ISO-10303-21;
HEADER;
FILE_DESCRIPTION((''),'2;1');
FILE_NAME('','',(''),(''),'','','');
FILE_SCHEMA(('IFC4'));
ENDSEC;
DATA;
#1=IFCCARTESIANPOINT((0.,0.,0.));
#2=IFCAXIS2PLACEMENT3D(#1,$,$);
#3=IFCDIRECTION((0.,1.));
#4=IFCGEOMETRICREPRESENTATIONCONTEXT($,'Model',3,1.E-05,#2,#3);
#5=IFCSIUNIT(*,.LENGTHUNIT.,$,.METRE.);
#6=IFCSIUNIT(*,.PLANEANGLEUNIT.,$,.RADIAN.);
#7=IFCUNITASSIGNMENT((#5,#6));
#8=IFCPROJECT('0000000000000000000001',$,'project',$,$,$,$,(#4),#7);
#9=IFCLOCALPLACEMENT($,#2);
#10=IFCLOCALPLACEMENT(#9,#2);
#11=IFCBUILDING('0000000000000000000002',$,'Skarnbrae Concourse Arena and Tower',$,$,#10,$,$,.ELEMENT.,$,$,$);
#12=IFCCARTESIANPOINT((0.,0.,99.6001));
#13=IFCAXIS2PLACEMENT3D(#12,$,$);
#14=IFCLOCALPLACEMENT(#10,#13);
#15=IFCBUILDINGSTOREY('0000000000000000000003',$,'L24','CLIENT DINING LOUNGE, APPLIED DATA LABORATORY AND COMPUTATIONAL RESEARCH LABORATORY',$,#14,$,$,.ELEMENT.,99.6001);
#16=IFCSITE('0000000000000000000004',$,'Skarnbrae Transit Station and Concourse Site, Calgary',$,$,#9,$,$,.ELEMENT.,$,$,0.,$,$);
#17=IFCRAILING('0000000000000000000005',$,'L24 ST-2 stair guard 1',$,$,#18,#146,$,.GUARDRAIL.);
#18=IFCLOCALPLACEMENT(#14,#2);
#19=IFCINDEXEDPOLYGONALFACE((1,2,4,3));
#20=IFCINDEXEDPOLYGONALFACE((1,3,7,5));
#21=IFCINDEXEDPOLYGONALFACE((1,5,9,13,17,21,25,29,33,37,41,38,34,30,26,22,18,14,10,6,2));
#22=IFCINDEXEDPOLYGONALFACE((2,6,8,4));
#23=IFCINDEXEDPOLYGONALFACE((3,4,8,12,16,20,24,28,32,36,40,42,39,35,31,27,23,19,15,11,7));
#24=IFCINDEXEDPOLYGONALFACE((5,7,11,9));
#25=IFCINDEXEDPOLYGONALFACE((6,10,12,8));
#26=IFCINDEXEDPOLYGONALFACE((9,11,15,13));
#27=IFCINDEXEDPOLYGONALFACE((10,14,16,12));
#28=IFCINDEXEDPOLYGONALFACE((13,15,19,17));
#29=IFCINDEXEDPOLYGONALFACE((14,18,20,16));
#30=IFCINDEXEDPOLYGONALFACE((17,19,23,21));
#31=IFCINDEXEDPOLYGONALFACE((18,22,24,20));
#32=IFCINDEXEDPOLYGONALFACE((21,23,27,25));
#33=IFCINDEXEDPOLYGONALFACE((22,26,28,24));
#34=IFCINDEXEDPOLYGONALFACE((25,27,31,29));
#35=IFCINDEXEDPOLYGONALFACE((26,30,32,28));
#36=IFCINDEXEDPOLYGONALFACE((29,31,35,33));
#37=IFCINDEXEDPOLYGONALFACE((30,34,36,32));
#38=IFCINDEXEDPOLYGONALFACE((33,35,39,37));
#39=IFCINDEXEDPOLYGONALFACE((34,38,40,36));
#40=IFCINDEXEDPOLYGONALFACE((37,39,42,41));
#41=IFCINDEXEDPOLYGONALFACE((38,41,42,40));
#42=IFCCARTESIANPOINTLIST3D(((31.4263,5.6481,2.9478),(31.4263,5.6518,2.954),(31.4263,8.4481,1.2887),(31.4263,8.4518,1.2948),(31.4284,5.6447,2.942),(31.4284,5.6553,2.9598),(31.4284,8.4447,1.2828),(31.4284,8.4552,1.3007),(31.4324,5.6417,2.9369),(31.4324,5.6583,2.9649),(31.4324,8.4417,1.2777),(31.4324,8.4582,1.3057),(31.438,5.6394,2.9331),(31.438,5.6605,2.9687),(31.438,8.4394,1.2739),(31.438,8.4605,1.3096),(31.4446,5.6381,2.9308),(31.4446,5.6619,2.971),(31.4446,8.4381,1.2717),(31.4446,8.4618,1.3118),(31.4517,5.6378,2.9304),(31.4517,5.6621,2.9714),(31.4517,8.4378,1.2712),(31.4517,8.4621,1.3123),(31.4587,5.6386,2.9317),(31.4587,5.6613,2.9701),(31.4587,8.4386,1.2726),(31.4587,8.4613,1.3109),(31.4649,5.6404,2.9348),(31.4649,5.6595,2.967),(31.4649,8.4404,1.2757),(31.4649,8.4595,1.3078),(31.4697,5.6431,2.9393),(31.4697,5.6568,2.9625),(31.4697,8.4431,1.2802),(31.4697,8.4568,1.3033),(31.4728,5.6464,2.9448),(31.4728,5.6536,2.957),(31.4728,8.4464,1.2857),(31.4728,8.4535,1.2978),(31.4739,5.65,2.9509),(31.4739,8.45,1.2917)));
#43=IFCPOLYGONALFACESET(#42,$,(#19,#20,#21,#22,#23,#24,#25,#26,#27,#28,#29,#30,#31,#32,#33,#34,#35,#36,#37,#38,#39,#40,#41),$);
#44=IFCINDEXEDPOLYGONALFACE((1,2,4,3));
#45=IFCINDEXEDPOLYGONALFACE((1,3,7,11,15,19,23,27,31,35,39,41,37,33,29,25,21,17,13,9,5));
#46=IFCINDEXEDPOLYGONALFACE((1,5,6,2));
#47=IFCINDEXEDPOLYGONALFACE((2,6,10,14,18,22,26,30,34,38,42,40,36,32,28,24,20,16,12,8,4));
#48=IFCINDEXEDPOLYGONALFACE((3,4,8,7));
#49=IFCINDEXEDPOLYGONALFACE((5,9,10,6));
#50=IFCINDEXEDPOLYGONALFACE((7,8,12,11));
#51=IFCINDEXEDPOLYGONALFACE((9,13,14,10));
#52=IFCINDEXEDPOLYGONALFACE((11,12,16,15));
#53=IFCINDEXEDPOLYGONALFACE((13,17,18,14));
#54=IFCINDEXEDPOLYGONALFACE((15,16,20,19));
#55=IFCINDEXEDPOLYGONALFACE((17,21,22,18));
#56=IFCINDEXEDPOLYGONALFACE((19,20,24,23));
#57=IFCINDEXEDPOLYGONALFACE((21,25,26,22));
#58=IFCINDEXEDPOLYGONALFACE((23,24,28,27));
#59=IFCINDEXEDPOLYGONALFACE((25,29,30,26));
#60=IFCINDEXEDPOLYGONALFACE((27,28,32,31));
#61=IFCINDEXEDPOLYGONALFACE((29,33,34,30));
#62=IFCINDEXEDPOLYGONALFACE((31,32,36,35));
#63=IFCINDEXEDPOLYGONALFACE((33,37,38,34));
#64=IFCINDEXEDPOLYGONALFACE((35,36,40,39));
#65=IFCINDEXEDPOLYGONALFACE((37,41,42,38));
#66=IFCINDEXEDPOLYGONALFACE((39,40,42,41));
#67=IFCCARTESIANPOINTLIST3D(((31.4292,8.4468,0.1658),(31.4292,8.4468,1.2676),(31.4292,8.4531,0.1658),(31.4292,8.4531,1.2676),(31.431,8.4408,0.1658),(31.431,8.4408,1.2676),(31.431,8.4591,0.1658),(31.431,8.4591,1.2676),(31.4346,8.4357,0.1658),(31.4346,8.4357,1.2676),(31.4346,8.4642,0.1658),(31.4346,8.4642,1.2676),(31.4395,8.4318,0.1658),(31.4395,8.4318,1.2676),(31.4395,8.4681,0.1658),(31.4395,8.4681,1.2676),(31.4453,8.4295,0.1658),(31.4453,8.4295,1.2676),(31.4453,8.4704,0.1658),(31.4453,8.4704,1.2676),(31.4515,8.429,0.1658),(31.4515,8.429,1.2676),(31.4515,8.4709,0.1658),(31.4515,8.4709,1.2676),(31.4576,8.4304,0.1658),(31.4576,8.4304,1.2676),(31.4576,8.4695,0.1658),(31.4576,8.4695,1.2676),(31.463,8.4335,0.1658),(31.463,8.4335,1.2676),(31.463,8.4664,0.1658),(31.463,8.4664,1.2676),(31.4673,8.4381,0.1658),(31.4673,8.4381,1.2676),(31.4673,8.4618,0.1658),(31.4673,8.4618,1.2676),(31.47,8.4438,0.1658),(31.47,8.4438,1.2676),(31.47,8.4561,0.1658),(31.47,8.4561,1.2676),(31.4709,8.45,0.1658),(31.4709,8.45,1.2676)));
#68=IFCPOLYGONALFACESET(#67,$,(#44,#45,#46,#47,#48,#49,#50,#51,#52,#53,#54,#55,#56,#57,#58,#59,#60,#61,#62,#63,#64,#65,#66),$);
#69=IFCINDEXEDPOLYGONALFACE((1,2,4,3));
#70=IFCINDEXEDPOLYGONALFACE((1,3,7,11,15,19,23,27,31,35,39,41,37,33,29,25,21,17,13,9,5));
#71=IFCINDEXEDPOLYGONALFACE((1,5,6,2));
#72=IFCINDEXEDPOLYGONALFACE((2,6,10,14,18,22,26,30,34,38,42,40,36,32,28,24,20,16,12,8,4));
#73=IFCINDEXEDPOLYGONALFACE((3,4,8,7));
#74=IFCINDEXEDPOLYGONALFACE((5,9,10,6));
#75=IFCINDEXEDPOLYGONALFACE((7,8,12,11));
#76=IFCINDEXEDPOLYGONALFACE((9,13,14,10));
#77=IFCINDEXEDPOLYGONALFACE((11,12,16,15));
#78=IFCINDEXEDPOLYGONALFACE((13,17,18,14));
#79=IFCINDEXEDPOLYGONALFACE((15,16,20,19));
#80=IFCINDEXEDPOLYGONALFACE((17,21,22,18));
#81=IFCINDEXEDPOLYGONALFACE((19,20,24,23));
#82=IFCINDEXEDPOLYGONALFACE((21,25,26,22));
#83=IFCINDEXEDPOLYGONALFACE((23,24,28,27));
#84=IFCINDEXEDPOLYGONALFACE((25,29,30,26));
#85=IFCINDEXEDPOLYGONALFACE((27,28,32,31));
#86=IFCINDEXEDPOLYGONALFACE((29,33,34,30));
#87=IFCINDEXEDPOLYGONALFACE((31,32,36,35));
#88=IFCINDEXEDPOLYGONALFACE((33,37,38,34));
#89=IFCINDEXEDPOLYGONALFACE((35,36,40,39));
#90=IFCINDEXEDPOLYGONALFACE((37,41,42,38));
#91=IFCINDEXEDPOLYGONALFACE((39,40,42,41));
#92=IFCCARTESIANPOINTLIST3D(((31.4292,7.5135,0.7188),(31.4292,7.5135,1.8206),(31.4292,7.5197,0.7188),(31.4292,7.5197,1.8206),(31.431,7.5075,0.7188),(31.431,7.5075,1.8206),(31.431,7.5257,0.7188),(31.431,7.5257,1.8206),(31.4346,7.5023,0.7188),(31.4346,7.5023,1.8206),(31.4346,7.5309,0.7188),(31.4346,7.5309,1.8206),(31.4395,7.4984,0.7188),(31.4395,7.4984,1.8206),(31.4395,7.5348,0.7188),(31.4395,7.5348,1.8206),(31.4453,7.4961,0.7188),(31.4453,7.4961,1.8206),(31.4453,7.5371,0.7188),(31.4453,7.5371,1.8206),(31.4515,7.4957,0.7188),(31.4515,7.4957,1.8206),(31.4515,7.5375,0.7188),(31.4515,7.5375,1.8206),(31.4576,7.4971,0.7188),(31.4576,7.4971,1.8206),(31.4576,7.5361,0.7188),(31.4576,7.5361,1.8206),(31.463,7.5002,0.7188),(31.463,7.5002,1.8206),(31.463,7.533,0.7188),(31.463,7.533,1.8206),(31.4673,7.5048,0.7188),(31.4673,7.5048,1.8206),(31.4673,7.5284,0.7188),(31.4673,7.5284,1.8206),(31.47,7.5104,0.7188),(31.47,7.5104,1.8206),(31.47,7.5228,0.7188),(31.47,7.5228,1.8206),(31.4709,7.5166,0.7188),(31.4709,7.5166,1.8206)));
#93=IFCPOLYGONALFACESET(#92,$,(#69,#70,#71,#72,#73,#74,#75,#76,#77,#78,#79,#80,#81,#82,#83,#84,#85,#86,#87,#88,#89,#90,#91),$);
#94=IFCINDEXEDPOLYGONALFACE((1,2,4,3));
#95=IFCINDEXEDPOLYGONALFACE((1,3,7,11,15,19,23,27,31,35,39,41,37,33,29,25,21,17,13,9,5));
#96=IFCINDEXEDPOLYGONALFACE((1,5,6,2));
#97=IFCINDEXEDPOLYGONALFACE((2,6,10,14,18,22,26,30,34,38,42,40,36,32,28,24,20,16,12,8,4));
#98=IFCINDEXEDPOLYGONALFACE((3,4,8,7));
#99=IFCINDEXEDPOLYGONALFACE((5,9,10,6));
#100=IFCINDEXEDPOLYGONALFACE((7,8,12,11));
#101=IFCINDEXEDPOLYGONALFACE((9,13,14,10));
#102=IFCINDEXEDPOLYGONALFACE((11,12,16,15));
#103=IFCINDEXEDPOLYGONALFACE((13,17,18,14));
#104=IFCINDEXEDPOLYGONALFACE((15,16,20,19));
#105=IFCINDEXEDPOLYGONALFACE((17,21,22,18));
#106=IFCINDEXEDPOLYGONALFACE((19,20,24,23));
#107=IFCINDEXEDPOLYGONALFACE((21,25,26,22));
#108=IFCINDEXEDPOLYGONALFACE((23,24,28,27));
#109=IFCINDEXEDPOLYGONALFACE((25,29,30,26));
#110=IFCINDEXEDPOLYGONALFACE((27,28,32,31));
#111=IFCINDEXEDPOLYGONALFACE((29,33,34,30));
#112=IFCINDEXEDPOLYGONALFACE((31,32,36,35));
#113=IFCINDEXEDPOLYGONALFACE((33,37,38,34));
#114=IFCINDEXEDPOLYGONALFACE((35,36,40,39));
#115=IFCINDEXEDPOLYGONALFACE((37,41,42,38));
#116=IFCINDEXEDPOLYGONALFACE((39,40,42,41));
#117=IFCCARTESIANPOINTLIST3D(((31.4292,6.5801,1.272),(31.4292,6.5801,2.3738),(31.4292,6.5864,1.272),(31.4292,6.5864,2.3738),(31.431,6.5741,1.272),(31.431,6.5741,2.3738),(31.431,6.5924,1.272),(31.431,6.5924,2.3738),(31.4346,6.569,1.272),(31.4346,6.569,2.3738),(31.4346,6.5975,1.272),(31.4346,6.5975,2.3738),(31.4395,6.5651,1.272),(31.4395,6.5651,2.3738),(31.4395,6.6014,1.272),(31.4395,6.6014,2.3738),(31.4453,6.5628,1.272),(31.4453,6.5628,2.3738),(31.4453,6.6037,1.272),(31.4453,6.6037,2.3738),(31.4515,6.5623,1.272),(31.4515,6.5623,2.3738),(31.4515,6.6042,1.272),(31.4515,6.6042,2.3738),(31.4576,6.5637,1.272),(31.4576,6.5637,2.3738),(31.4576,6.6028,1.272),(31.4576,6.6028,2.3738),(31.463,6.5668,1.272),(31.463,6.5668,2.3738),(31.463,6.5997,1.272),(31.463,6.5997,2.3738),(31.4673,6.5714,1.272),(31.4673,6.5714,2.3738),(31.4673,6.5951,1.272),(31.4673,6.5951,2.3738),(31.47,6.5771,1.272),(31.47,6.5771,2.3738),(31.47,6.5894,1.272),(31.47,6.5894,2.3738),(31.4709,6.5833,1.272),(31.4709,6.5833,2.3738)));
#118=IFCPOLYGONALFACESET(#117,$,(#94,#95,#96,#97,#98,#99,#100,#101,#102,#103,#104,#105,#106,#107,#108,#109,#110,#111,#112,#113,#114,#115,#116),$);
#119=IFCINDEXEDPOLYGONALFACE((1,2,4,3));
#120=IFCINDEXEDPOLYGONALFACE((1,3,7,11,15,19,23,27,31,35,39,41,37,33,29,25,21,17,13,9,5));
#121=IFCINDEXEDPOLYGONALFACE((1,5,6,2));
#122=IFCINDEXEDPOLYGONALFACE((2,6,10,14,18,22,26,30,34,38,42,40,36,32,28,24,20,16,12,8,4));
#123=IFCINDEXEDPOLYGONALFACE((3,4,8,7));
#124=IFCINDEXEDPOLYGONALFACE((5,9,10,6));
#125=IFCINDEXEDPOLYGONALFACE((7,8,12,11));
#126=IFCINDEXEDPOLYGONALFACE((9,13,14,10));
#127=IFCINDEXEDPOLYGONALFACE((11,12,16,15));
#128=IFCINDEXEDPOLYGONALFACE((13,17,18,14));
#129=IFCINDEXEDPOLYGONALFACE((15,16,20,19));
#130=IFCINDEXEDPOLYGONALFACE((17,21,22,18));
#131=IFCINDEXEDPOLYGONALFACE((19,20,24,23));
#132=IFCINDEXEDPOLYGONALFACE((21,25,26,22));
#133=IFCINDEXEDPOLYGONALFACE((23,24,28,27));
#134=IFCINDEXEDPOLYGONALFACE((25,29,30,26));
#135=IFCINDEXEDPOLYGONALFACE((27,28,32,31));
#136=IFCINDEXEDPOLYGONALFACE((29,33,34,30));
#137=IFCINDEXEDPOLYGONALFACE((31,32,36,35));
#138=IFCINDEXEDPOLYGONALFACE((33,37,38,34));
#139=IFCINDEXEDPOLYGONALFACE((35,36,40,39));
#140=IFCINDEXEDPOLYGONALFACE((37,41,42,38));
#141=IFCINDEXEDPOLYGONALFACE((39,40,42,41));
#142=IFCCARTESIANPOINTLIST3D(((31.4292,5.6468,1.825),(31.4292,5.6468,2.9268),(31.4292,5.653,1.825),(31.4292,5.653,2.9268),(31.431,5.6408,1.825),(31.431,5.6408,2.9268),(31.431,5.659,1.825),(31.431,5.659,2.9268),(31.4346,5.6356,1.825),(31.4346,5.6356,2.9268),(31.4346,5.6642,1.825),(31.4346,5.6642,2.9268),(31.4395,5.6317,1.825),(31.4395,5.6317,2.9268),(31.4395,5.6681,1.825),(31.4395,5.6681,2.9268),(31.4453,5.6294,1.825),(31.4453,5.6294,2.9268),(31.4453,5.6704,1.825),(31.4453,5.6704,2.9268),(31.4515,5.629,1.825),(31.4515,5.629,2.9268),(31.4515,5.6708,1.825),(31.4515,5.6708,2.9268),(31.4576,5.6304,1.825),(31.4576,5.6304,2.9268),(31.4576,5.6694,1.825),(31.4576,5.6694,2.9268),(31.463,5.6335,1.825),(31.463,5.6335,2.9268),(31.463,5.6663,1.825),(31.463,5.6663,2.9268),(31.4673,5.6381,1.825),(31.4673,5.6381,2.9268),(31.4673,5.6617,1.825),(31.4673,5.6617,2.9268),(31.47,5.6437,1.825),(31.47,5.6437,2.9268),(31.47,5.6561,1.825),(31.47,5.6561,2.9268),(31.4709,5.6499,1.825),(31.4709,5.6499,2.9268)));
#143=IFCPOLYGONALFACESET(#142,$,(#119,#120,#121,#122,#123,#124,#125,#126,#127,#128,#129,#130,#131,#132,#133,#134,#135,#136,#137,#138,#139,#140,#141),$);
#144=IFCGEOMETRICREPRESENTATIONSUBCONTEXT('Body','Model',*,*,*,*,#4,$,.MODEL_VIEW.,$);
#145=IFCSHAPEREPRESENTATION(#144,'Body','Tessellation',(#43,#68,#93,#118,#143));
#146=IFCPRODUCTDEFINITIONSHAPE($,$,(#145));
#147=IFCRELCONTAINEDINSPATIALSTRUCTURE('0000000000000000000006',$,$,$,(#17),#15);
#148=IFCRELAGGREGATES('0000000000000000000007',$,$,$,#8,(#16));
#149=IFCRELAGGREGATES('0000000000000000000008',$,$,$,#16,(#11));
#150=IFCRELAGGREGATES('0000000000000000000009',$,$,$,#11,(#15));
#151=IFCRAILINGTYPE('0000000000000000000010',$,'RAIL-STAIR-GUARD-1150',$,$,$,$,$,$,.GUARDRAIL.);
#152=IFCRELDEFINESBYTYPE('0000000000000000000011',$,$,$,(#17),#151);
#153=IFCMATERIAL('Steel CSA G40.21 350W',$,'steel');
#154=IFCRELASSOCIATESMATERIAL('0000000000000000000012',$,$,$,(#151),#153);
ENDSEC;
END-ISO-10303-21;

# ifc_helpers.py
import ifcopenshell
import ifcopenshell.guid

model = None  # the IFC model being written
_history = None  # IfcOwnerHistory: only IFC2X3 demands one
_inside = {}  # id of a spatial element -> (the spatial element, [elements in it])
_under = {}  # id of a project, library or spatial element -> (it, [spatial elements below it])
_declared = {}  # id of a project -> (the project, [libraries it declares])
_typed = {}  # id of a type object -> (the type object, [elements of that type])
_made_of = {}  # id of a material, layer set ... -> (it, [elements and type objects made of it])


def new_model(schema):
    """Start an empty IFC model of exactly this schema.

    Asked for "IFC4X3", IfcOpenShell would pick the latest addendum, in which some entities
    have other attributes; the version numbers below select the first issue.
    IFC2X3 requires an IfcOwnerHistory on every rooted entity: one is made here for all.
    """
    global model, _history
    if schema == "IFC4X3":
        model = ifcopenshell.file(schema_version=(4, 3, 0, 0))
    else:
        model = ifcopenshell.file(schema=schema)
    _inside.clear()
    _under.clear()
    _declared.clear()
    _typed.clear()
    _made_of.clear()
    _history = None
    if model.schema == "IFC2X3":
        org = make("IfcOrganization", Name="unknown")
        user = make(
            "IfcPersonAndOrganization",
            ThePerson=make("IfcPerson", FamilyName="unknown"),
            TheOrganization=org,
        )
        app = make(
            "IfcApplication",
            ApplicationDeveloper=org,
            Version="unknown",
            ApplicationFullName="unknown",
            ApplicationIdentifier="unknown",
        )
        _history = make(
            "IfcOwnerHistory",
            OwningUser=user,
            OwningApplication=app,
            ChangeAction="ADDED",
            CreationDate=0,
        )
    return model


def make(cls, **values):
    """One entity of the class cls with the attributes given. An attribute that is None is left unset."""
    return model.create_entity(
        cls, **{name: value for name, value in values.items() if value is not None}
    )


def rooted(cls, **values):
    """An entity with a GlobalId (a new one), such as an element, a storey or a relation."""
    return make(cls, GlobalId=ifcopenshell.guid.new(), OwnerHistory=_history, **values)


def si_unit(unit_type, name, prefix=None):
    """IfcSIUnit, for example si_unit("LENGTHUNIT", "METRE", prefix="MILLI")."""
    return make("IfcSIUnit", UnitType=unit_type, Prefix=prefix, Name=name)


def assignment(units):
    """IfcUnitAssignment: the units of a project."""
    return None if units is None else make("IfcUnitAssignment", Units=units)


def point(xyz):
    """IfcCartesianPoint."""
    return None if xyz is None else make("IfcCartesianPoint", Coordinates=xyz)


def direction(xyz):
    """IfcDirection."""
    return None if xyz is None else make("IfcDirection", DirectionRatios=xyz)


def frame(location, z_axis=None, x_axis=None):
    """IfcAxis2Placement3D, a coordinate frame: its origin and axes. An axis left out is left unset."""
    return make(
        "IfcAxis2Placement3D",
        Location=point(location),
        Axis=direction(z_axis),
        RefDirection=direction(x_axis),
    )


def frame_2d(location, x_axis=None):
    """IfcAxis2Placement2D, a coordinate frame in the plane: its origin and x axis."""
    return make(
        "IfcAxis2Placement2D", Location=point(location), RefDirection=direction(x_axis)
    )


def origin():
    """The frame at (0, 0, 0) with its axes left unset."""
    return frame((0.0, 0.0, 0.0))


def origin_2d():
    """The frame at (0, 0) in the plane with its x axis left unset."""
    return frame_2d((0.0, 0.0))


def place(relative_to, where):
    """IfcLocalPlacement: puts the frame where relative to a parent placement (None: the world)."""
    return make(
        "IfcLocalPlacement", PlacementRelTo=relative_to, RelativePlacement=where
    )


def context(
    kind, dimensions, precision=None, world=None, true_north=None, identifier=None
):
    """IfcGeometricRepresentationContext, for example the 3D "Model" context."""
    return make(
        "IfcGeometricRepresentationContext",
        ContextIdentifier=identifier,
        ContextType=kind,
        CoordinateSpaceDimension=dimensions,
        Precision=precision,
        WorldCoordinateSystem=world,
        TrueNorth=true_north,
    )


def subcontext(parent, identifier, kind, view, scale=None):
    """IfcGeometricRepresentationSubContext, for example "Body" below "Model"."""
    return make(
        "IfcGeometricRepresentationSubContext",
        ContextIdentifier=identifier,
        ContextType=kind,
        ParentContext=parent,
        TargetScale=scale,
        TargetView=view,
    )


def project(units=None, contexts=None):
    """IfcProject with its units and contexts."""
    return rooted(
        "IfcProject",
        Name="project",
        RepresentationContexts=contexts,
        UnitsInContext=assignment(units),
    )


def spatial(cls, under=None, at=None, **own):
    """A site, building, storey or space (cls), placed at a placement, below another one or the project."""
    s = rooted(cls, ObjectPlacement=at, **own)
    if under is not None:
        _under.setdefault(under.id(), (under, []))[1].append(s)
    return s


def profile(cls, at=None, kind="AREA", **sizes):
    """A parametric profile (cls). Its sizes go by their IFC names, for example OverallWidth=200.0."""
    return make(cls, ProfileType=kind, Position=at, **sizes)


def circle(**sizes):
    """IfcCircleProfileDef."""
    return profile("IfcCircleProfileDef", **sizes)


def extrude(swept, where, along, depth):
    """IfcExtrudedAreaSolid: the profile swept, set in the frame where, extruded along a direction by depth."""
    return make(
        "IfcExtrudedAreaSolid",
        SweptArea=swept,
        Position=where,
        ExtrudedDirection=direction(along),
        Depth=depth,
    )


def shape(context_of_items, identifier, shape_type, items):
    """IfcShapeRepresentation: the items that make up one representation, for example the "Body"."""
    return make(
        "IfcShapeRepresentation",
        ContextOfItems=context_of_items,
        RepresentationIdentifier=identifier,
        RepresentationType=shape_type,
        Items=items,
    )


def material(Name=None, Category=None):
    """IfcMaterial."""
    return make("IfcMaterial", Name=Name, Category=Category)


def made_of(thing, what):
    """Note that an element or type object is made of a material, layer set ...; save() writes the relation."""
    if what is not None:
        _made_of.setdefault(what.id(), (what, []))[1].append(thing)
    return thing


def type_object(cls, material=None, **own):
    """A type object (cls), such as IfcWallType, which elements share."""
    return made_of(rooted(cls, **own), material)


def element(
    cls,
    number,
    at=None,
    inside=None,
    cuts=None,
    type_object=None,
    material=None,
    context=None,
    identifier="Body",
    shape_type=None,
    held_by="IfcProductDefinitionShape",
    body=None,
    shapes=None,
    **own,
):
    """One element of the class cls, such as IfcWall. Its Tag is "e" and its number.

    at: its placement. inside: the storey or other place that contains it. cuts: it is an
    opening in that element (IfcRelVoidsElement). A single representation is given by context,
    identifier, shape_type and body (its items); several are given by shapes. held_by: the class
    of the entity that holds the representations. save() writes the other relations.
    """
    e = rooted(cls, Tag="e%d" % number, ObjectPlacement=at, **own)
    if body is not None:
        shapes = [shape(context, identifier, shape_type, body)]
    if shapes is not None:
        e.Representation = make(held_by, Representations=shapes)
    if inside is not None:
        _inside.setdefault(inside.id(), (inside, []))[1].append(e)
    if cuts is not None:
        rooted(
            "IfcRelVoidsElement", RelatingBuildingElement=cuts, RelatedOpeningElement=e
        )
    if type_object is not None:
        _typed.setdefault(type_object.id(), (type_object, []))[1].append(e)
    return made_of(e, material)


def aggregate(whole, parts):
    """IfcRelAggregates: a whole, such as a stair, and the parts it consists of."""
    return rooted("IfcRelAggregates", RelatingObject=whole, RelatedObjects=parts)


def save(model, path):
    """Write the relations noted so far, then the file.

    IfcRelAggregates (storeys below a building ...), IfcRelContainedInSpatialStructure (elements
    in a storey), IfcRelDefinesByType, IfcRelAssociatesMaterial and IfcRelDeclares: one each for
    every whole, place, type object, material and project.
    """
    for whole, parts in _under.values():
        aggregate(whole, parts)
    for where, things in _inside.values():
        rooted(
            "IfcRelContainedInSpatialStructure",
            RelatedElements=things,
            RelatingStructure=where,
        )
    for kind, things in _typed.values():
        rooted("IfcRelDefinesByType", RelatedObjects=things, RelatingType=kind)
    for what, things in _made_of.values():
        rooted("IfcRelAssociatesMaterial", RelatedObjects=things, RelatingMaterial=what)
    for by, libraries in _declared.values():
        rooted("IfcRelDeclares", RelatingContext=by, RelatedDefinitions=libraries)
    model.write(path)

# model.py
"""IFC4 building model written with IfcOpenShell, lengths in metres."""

from ifc_helpers import new_model, si_unit, direction, frame, origin, origin_2d, place, context, subcontext, project, spatial, circle, extrude, material, type_object, element, save


model = new_model("IFC4")

# Units and contexts
model_context = context("Model", 3, precision=1e-05, world=origin(), true_north=direction((0.0, 1.0)))
body_context = subcontext(model_context, "Body", "Model", "MODEL_VIEW")
ifc_project = project(units=[si_unit("LENGTHUNIT", "METRE"), si_unit("PLANEANGLEUNIT", "RADIAN")], contexts=[model_context])

# Site, building, storey
site_placement = place(None, origin())
site = spatial("IfcSite", under=ifc_project, at=site_placement, Name="Skarnbrae Transit Station and Concourse Site, Calgary", CompositionType="ELEMENT", RefElevation=0.0)
building_placement = place(site_placement, origin())
building = spatial("IfcBuilding", under=site, at=building_placement, Name="Skarnbrae Concourse Arena and Tower", CompositionType="ELEMENT")
storey_placement = place(building_placement, frame((0.0, 0.0, 99.6001)))
storey = spatial("IfcBuildingStorey", under=building, at=storey_placement, Name="L24", Description="CLIENT DINING LOUNGE, APPLIED DATA LABORATORY AND COMPUTATIONAL RESEARCH LABORATORY", CompositionType="ELEMENT", Elevation=99.6001)

# Shared definitions
ifc_material_1 = material(Name="Steel CSA G40.21 350W", Category="steel")

# Railing
railing_type_1 = type_object("IfcRailingType", Name="RAIL-STAIR-GUARD-1150", PredefinedType="GUARDRAIL", material=ifc_material_1)
railing_1_placement = place(storey_placement, frame((31.45, 8.45, 0.1658)))
element("IfcRailing", 1, at=railing_1_placement, inside=storey, type_object=railing_type_1, Name="L24 ST-2 stair guard 1", PredefinedType="GUARDRAIL", context=body_context, shape_type="SweptSolid", body=[
    extrude(circle(Radius=0.0239, at=origin_2d()), frame((0.0, 0.0, 1.126), z_axis=(0.0, -0.860306, 0.509778), x_axis=(1.0, 0.0, 0.0)), (0.0, 0.0, 1.0), 3.2546),
    extrude(circle(Radius=0.021, at=origin_2d()), origin(), (0.0, 0.0, 1.0), 1.1018),
    extrude(circle(Radius=0.021, at=origin_2d()), frame((0.0, -0.9333, 0.553)), (0.0, 0.0, 1.0), 1.1018),
    extrude(circle(Radius=0.021, at=origin_2d()), frame((0.0, -1.8667, 1.1062)), (0.0, 0.0, 1.0), 1.1018),
    extrude(circle(Radius=0.021, at=origin_2d()), frame((0.0, -2.8, 1.6592)), (0.0, 0.0, 1.0), 1.1018),
])

save(model, "model.ifc")
